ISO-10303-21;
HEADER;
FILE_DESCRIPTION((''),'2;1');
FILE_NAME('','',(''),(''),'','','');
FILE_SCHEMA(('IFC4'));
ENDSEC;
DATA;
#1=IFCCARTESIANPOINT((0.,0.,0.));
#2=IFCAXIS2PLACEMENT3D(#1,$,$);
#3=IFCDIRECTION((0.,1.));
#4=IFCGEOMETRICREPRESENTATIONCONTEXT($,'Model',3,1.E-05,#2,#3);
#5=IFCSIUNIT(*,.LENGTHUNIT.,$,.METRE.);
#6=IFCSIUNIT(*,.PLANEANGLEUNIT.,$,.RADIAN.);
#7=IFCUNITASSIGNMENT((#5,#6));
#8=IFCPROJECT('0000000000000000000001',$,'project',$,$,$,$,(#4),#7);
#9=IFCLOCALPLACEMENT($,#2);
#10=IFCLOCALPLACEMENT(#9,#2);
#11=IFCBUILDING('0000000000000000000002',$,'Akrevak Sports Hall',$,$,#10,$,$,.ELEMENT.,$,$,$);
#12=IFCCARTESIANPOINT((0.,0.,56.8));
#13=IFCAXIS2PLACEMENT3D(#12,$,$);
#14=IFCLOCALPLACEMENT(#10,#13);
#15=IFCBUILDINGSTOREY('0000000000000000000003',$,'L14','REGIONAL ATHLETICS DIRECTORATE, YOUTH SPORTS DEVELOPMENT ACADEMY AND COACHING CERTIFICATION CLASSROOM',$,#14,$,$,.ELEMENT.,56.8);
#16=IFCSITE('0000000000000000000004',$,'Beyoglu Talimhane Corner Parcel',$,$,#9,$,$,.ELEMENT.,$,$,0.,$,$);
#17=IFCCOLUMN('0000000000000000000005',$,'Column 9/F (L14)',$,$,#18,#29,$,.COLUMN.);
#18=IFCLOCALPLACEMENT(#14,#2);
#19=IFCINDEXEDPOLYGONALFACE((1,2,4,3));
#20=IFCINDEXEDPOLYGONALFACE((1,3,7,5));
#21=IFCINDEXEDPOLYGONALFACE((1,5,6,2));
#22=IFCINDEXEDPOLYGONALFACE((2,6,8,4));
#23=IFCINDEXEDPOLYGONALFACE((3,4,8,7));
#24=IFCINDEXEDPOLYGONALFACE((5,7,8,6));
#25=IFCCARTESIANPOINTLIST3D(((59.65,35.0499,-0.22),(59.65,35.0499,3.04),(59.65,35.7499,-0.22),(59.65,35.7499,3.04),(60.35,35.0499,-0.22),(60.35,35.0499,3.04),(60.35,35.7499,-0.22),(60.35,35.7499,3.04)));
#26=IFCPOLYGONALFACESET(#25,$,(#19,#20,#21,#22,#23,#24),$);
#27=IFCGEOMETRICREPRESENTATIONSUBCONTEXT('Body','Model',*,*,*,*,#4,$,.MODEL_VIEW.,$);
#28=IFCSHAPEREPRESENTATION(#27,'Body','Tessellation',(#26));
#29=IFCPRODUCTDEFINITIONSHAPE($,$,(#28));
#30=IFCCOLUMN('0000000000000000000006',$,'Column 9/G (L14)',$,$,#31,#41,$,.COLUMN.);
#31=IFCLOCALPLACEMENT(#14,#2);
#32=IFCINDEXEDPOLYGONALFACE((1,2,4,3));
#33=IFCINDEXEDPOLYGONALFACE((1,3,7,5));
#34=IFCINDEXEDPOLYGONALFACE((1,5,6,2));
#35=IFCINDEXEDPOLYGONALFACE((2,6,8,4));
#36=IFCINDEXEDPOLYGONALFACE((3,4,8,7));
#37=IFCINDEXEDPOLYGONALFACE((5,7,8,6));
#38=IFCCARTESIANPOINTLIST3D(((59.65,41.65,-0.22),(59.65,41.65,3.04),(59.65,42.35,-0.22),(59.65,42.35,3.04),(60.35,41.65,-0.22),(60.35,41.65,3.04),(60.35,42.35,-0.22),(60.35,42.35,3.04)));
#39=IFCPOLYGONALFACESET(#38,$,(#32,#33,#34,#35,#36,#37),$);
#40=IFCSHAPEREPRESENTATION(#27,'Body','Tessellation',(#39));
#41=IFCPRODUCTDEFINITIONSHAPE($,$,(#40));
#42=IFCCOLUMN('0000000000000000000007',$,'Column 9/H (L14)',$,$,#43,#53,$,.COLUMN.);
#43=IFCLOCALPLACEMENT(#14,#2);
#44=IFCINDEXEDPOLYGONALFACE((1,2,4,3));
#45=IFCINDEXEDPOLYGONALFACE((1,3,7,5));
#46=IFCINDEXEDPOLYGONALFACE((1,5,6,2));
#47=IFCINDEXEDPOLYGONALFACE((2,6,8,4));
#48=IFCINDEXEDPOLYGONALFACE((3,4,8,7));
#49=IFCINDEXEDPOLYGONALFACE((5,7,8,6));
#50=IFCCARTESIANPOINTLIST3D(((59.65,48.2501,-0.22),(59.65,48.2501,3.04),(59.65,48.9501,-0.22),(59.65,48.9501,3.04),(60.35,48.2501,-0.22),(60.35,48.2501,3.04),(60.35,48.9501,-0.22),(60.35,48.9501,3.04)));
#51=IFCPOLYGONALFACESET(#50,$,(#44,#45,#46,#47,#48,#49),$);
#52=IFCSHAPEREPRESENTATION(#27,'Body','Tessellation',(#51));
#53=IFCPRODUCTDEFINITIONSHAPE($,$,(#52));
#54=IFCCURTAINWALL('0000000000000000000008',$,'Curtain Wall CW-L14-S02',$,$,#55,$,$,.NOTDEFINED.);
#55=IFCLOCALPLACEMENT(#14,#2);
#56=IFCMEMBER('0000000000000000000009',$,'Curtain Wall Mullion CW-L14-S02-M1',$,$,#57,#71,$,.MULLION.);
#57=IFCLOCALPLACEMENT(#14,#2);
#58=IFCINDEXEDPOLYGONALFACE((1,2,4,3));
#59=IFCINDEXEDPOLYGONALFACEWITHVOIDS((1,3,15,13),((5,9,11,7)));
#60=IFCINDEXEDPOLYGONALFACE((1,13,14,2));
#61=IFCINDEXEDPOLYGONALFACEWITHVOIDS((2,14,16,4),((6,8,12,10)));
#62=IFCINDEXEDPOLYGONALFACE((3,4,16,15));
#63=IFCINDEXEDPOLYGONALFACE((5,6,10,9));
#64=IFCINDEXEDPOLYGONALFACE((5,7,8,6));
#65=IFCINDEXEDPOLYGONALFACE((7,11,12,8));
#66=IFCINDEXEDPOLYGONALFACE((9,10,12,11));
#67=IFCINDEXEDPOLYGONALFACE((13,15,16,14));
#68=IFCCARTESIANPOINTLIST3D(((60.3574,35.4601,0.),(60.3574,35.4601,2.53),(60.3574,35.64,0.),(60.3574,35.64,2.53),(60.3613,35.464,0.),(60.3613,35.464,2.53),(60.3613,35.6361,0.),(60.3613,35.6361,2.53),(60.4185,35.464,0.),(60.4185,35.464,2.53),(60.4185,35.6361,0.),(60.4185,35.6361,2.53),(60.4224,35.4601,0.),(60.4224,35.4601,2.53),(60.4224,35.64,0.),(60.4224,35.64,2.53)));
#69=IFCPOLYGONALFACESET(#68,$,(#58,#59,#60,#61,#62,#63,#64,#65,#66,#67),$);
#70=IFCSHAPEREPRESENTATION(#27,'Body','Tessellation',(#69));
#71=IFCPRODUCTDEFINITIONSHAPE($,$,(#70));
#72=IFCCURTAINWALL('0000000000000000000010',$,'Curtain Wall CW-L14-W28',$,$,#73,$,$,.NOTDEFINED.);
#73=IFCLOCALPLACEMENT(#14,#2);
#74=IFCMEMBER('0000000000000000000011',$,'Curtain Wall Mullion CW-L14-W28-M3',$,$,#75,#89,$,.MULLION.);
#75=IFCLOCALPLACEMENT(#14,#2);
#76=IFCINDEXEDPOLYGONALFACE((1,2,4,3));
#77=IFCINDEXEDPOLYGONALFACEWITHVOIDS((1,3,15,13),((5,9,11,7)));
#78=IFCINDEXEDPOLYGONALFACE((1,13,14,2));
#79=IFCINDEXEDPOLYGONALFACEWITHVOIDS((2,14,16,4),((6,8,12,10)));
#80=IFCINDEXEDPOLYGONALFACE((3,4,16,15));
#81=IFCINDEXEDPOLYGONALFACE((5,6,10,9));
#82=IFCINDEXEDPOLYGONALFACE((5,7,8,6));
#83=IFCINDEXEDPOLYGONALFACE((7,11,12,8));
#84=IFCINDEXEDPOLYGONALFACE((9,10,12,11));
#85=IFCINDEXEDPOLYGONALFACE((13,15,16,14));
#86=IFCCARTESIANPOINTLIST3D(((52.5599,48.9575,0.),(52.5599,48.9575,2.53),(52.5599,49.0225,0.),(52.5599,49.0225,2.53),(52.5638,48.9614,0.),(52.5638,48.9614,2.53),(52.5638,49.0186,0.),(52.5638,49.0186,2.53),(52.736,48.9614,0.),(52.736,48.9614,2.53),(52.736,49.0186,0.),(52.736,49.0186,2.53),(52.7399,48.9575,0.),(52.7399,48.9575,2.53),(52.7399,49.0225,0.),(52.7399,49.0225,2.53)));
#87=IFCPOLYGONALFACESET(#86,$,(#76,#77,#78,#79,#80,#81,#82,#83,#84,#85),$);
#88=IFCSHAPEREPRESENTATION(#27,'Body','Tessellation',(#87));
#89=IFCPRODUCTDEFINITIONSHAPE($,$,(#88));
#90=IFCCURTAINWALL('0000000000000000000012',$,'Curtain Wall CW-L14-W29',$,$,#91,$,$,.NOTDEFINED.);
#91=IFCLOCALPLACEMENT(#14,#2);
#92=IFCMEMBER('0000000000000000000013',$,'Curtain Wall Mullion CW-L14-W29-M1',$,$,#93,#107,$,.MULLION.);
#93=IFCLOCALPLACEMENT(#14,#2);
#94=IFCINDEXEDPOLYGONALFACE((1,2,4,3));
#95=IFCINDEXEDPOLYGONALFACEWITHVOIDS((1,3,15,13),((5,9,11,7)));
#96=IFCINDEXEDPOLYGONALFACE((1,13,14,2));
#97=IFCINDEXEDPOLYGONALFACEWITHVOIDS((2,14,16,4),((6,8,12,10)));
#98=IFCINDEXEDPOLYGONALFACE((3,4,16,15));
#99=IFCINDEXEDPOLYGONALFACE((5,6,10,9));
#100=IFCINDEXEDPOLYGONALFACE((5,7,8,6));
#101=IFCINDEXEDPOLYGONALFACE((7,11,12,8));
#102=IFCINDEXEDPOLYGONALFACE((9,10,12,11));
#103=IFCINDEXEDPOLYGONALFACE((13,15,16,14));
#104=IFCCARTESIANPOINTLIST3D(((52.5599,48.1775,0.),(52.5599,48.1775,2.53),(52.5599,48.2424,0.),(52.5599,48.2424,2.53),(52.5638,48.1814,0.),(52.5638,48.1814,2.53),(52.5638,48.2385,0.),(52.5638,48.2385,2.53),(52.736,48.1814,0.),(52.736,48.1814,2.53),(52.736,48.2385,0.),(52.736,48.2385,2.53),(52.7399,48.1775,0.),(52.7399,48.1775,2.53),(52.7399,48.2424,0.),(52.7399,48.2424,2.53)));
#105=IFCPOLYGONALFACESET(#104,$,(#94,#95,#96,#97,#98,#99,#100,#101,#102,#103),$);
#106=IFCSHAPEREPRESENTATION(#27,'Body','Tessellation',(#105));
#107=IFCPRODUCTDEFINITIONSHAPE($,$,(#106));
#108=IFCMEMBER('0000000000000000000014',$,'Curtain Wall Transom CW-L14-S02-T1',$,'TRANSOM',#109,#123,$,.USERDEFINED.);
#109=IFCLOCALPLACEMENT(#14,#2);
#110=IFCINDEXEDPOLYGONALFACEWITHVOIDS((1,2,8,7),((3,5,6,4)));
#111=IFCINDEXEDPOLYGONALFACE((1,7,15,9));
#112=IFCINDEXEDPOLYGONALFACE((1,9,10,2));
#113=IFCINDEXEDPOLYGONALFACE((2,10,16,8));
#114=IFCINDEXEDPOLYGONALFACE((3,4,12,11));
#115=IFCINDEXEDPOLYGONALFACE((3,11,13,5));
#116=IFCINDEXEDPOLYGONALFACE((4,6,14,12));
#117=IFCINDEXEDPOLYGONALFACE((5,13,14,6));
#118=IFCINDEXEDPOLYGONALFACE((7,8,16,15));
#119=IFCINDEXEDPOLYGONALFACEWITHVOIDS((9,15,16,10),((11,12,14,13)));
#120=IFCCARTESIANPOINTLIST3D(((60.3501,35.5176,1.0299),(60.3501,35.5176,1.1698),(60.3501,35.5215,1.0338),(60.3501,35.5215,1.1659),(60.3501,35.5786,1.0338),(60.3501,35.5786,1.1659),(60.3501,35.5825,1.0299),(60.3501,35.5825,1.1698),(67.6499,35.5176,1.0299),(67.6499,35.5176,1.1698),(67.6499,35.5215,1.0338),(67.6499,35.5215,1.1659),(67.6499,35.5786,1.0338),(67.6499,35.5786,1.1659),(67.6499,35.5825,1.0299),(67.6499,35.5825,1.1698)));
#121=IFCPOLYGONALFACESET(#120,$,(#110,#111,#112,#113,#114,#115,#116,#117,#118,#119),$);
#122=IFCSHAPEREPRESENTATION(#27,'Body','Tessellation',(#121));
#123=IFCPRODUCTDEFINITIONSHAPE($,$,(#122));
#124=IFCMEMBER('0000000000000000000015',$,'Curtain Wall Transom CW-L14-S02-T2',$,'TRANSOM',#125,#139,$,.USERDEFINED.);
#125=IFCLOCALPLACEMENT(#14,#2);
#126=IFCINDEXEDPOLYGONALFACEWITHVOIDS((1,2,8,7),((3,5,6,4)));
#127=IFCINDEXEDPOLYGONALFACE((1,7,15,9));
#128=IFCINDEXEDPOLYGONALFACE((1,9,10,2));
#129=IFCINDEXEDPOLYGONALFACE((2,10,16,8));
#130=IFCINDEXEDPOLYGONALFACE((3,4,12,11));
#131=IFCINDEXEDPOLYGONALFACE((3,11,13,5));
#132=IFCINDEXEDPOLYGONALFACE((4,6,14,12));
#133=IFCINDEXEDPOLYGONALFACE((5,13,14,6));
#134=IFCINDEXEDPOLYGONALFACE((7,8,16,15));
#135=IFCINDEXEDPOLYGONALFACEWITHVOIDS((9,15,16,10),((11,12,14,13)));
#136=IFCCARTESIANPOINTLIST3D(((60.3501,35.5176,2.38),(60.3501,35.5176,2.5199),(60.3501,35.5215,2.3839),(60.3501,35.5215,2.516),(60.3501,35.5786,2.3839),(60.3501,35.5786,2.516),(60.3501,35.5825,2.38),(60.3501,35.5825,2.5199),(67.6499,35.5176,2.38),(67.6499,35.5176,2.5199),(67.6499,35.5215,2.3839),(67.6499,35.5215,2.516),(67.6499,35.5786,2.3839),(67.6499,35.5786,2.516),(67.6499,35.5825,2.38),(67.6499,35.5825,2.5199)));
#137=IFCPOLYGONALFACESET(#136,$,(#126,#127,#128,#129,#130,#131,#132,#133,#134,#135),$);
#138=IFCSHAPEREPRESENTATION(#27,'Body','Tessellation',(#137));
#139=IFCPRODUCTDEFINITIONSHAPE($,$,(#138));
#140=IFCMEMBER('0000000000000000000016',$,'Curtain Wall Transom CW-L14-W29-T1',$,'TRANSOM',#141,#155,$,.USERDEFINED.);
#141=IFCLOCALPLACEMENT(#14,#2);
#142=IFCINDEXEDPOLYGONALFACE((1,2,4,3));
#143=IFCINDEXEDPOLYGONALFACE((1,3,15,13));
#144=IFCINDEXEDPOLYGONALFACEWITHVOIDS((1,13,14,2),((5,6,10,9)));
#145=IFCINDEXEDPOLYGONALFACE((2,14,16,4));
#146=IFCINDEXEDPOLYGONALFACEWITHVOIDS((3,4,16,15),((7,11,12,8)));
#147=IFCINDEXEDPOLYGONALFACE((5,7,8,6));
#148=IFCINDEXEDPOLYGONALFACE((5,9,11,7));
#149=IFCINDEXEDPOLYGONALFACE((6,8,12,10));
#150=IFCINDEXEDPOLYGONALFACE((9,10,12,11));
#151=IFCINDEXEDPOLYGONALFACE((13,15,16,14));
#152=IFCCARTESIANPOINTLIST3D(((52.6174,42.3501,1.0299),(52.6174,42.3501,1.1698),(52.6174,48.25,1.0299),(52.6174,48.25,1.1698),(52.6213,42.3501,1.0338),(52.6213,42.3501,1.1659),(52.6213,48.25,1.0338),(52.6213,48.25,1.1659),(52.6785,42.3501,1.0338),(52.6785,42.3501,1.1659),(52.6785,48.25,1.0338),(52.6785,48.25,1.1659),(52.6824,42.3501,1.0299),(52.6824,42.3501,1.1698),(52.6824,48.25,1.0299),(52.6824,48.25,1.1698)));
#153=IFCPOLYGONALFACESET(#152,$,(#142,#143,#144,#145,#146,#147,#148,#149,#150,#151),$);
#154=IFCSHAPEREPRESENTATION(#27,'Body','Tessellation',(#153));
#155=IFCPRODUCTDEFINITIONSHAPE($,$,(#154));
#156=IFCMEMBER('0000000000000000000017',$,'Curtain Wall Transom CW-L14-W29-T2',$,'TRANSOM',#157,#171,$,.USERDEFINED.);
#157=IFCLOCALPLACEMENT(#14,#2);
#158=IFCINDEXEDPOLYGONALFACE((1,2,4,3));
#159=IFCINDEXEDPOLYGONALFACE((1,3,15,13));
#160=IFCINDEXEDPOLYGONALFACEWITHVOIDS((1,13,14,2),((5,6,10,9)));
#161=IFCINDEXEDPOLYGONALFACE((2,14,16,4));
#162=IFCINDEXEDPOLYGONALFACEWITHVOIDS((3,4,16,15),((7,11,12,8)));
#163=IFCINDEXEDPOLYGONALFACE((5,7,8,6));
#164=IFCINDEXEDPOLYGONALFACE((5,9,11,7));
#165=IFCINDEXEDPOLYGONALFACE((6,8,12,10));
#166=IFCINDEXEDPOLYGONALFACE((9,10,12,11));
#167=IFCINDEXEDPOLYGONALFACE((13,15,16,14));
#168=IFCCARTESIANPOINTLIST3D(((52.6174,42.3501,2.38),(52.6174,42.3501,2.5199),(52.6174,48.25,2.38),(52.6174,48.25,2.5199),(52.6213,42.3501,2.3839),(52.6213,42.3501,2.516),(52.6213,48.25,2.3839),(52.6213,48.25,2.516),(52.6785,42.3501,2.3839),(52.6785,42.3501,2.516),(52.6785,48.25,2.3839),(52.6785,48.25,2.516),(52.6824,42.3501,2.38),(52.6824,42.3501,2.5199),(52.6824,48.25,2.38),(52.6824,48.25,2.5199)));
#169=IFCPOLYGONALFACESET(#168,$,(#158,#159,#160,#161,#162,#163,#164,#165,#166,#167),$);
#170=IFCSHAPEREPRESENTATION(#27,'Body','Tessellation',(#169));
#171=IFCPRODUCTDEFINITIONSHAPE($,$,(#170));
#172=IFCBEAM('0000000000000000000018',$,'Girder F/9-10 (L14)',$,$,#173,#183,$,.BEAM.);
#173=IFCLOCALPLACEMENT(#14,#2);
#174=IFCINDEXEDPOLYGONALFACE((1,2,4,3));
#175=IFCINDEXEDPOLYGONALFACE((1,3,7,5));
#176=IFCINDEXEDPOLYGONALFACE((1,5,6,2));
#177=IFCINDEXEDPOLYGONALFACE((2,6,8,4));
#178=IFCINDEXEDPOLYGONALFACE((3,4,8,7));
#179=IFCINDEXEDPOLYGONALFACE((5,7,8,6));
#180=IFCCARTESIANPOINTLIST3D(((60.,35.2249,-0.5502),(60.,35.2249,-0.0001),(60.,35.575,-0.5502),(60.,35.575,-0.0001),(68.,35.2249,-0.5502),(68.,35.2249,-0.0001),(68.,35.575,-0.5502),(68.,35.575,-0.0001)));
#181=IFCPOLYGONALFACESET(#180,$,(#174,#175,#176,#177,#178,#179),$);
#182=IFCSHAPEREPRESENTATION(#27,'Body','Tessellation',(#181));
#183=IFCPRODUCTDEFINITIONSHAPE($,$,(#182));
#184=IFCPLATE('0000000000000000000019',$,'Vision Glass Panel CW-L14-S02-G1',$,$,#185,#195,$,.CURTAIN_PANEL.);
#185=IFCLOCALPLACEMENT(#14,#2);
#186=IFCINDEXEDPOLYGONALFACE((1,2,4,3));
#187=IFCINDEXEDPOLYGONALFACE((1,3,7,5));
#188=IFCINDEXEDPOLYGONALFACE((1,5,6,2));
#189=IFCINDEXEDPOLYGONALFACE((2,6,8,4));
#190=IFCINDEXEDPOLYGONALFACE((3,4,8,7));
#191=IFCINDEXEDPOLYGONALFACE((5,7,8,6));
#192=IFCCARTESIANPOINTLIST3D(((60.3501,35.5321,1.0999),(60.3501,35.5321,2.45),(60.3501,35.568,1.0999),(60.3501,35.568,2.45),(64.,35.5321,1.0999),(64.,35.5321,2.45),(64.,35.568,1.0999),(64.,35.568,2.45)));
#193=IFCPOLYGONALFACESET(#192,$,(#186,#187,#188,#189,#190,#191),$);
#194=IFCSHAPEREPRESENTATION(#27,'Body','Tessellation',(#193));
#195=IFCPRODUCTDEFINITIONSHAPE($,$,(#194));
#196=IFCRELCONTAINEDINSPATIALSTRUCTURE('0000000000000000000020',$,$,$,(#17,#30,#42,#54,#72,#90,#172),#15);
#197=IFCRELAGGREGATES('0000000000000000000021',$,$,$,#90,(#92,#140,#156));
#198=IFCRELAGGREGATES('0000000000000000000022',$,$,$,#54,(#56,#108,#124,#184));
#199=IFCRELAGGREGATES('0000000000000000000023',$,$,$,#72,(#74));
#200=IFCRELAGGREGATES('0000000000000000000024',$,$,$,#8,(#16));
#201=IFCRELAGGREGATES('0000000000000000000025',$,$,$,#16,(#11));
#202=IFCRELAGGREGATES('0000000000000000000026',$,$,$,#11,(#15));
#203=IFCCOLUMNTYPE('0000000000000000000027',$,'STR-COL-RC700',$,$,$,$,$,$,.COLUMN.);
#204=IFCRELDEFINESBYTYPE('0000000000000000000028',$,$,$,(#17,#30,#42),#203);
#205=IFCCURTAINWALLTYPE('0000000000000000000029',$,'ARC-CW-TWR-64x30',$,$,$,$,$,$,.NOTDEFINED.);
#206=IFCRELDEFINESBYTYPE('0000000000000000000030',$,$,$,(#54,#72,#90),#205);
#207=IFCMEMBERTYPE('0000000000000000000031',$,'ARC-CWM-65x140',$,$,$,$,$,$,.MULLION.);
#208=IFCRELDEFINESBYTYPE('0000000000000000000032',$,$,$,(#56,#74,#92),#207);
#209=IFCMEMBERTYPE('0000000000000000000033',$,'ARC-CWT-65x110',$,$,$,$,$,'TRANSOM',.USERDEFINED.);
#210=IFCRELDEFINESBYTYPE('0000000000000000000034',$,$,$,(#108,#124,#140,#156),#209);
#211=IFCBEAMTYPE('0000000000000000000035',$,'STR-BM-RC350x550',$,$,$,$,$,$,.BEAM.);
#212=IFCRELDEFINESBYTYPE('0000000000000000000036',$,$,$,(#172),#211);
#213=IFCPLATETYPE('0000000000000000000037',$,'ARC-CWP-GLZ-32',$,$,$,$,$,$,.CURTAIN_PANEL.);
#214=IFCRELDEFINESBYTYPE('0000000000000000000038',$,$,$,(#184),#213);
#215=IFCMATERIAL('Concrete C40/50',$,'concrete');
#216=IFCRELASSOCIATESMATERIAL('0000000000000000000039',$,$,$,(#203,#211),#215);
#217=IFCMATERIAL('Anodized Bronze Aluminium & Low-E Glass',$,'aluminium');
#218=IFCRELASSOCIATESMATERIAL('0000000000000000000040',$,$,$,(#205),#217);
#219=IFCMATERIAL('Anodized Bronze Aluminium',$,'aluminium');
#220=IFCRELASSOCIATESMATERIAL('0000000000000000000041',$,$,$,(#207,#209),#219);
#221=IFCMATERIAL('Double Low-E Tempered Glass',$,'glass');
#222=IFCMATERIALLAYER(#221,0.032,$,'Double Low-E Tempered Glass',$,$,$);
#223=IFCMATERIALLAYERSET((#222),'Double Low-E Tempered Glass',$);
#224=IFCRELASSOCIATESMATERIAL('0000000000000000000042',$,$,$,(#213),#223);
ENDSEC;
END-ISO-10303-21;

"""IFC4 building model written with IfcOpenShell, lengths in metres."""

from ifc_helpers import new_model, si_unit, direction, frame, origin, origin_2d, place, context, subcontext, project, spatial, rectangle, hollow_rectangle, extrude, material, layer, layer_set, material_profile, profile_set, type_object, element, aggregate, save


model = new_model("IFC4")

# Units and contexts
model_context = context("Model", 3, precision=1e-05, world=origin(), true_north=direction((0.0, 1.0)))
body_context = subcontext(model_context, "Body", "Model", "MODEL_VIEW")
ifc_project = project(units=[si_unit("LENGTHUNIT", "METRE"), si_unit("PLANEANGLEUNIT", "RADIAN")], contexts=[model_context])

# Site, building, storey
site_placement = place(None, origin())
site = spatial("IfcSite", under=ifc_project, at=site_placement, Name="Beyoglu Talimhane Corner Parcel", CompositionType="ELEMENT", RefElevation=0.0)
building_placement = place(site_placement, origin())
building = spatial("IfcBuilding", under=site, at=building_placement, Name="Akrevak Sports Hall", CompositionType="ELEMENT")
storey_placement = place(building_placement, frame((0.0, 0.0, 56.8)))
storey = spatial("IfcBuildingStorey", under=building, at=storey_placement, Name="L14", Description="REGIONAL ATHLETICS DIRECTORATE, YOUTH SPORTS DEVELOPMENT ACADEMY AND COACHING CERTIFICATION CLASSROOM", CompositionType="ELEMENT", Elevation=56.8)

# Columns
ifc_material_1 = material(Name="Concrete C40/50", Category="concrete")
ifc_material_profile_1 = material_profile(ifc_material_1, rectangle(XDim=0.7, YDim=0.7, at=origin_2d()), Name="RC 700x700", Category="concrete")
ifc_profile_set_1 = profile_set([ifc_material_profile_1], Name="Concrete C40/50")
column_type = type_object("IfcColumnType", Name="STR-COL-RC700", PredefinedType="COLUMN", material=ifc_profile_set_1)
for number, where, z_axis, x_axis, name in (
    (1, (60.0, 35.3999, -0.22), (0.0, 0.0, 1.0), (1.0, 0.0, 0.0), "Column 9/F (L14)"),
    (2, (60.0, 42.0, -0.22), (0.0, 0.0, 1.0), (1.0, 0.0, 0.0), "Column 9/G (L14)"),
    (3, (60.0, 48.6001, -0.22), (0.0, 0.0, 1.0), (1.0, 0.0, 0.0), "Column 9/H (L14)"),
):
    element("IfcColumn", number, at=place(storey_placement, frame(where, z_axis=z_axis, x_axis=x_axis)), inside=storey, type_object=column_type, Name=name, PredefinedType="COLUMN", context=body_context, shape_type="SweptSolid", body=[
        extrude(rectangle(XDim=0.7, YDim=0.7, at=origin_2d()), origin(), (0.0, 0.0, 1.0), 3.26),
    ])

# Curtain walls, members
ifc_material_2 = material(Name="Anodized Bronze Aluminium & Low-E Glass", Category="aluminium")
curtain_wall_type = type_object("IfcCurtainWallType", Name="ARC-CW-TWR-64x30", PredefinedType="NOTDEFINED", material=ifc_material_2)
curtain_wall_1_placement = place(storey_placement, origin())
curtain_wall_1 = element("IfcCurtainWall", 4, at=curtain_wall_1_placement, inside=storey, type_object=curtain_wall_type, Name="Curtain Wall CW-L14-S02", PredefinedType="NOTDEFINED")
ifc_material_3 = material(Name="Anodized Bronze Aluminium", Category="aluminium")
ifc_material_profile_2 = material_profile(ifc_material_3, hollow_rectangle(XDim=0.0649, YDim=0.1799, WallThickness=0.0039, at=origin_2d()), Name="CWM 65x180", Category="aluminium")
ifc_profile_set_2 = profile_set([ifc_material_profile_2], Name="Anodized Bronze Aluminium")
member_type_1 = type_object("IfcMemberType", Name="ARC-CWM-65x140", PredefinedType="MULLION", material=ifc_profile_set_2)
member_1_placement = place(storey_placement, frame((60.3899, 35.55, 0.0), z_axis=(0.0, 0.0, 1.0), x_axis=(1.0, 0.0, 0.0)))
member_1 = element("IfcMember", 5, at=member_1_placement, type_object=member_type_1, Name="Curtain Wall Mullion CW-L14-S02-M1", PredefinedType="MULLION", context=body_context, shape_type="SweptSolid", body=[
    extrude(hollow_rectangle(XDim=0.0649, YDim=0.1799, WallThickness=0.0039, at=origin_2d()), origin(), (0.0, 0.0, 1.0), 2.53),
])
curtain_wall_2_placement = place(storey_placement, origin())
curtain_wall_2 = element("IfcCurtainWall", 6, at=curtain_wall_2_placement, inside=storey, type_object=curtain_wall_type, Name="Curtain Wall CW-L14-W28", PredefinedType="NOTDEFINED")
member_2_placement = place(storey_placement, frame((52.6499, 48.99, 0.0), z_axis=(0.0, 0.0, 1.0), x_axis=(0.0, -1.0, 0.0)))
member_2 = element("IfcMember", 7, at=member_2_placement, type_object=member_type_1, Name="Curtain Wall Mullion CW-L14-W28-M3", PredefinedType="MULLION", context=body_context, shape_type="SweptSolid", body=[
    extrude(hollow_rectangle(XDim=0.0649, YDim=0.1799, WallThickness=0.0039, at=origin_2d()), origin(), (0.0, 0.0, 1.0), 2.53),
])
curtain_wall_3_placement = place(storey_placement, origin())
curtain_wall_3 = element("IfcCurtainWall", 8, at=curtain_wall_3_placement, inside=storey, type_object=curtain_wall_type, Name="Curtain Wall CW-L14-W29", PredefinedType="NOTDEFINED")
member_3_placement = place(storey_placement, frame((52.6499, 48.21, 0.0), z_axis=(0.0, 0.0, 1.0), x_axis=(0.0, -1.0, 0.0)))
member_3 = element("IfcMember", 9, at=member_3_placement, type_object=member_type_1, Name="Curtain Wall Mullion CW-L14-W29-M1", PredefinedType="MULLION", context=body_context, shape_type="SweptSolid", body=[
    extrude(hollow_rectangle(XDim=0.0649, YDim=0.1799, WallThickness=0.0039, at=origin_2d()), origin(), (0.0, 0.0, 1.0), 2.53),
])

# Members
ifc_material_profile_3 = material_profile(ifc_material_3, hollow_rectangle(XDim=0.0649, YDim=0.1399, WallThickness=0.0039, at=origin_2d()), Name="CWT 65x140", Category="aluminium")
ifc_profile_set_3 = profile_set([ifc_material_profile_3], Name="Anodized Bronze Aluminium")
member_type_2 = type_object("IfcMemberType", Name="ARC-CWT-65x110", ElementType="TRANSOM", PredefinedType="USERDEFINED", material=ifc_profile_set_3)
member_4_placement = place(storey_placement, frame((60.3501, 35.55, 1.0999), z_axis=(1.0, 0.0, 0.0), x_axis=(0.0, 1.0, 0.0)))
member_4 = element("IfcMember", 10, at=member_4_placement, type_object=member_type_2, Name="Curtain Wall Transom CW-L14-S02-T1", ObjectType="TRANSOM", PredefinedType="USERDEFINED", context=body_context, shape_type="SweptSolid", body=[
    extrude(hollow_rectangle(XDim=0.0649, YDim=0.1399, WallThickness=0.0039, at=origin_2d()), origin(), (0.0, 0.0, 1.0), 7.2998),
])
member_5_placement = place(storey_placement, frame((60.3501, 35.55, 2.45), z_axis=(1.0, 0.0, 0.0), x_axis=(0.0, 1.0, 0.0)))
member_5 = element("IfcMember", 11, at=member_5_placement, type_object=member_type_2, Name="Curtain Wall Transom CW-L14-S02-T2", ObjectType="TRANSOM", PredefinedType="USERDEFINED", context=body_context, shape_type="SweptSolid", body=[
    extrude(hollow_rectangle(XDim=0.0649, YDim=0.1399, WallThickness=0.0039, at=origin_2d()), origin(), (0.0, 0.0, 1.0), 7.2998),
])
member_6_placement = place(storey_placement, frame((52.6499, 48.25, 1.0999), z_axis=(0.0, -1.0, 0.0), x_axis=(1.0, 0.0, 0.0)))
member_6 = element("IfcMember", 12, at=member_6_placement, type_object=member_type_2, Name="Curtain Wall Transom CW-L14-W29-T1", ObjectType="TRANSOM", PredefinedType="USERDEFINED", context=body_context, shape_type="SweptSolid", body=[
    extrude(hollow_rectangle(XDim=0.0649, YDim=0.1399, WallThickness=0.0039, at=origin_2d()), origin(), (0.0, 0.0, 1.0), 5.8999),
])
member_7_placement = place(storey_placement, frame((52.6499, 48.25, 2.45), z_axis=(0.0, -1.0, 0.0), x_axis=(1.0, 0.0, 0.0)))
member_7 = element("IfcMember", 13, at=member_7_placement, type_object=member_type_2, Name="Curtain Wall Transom CW-L14-W29-T2", ObjectType="TRANSOM", PredefinedType="USERDEFINED", context=body_context, shape_type="SweptSolid", body=[
    extrude(hollow_rectangle(XDim=0.0649, YDim=0.1399, WallThickness=0.0039, at=origin_2d()), origin(), (0.0, 0.0, 1.0), 5.8999),
])
aggregate(curtain_wall_3, [member_3, member_6, member_7])

# Beam
ifc_material_profile_4 = material_profile(ifc_material_1, rectangle(XDim=0.3501, YDim=0.55, at=origin_2d()), Name="BM 350x550", Category="concrete")
ifc_profile_set_4 = profile_set([ifc_material_profile_4], Name="Concrete C40/50")
beam_type = type_object("IfcBeamType", Name="STR-BM-RC350x550", PredefinedType="BEAM", material=ifc_profile_set_4)
beam_placement = place(storey_placement, frame((60.0, 35.3999, -0.2751), z_axis=(1.0, 0.0, 0.0), x_axis=(0.0, 1.0, 0.0)))
element("IfcBeam", 14, at=beam_placement, inside=storey, type_object=beam_type, Name="Girder F/9-10 (L14)", PredefinedType="BEAM", context=body_context, shape_type="SweptSolid", body=[
    extrude(rectangle(XDim=0.3501, YDim=0.55, at=origin_2d()), origin(), (0.0, 0.0, 1.0), 8.0),
])

# Plate
ifc_material_4 = material(Name="Double Low-E Tempered Glass", Category="glass")
ifc_layer_1 = layer(ifc_material_4, 0.032, Name="Double Low-E Tempered Glass")
ifc_layer_set_1 = layer_set([ifc_layer_1], Name="Double Low-E Tempered Glass")
plate_type = type_object("IfcPlateType", Name="ARC-CWP-GLZ-32", PredefinedType="CURTAIN_PANEL", material=ifc_layer_set_1)
plate_1_placement = place(storey_placement, frame((62.175, 35.55, 1.0999), z_axis=(0.0, 0.0, 1.0), x_axis=(1.0, 0.0, 0.0)))
plate_1 = element("IfcPlate", 15, at=plate_1_placement, type_object=plate_type, Name="Vision Glass Panel CW-L14-S02-G1", PredefinedType="CURTAIN_PANEL", context=body_context, shape_type="SweptSolid", body=[
    extrude(rectangle(XDim=3.6499, YDim=0.0359, at=origin_2d()), origin(), (0.0, 0.0, 1.0), 1.3501),
])
aggregate(curtain_wall_1, [member_1, member_4, member_5, plate_1])
aggregate(curtain_wall_2, [member_2])

save(model, "model.ifc")
